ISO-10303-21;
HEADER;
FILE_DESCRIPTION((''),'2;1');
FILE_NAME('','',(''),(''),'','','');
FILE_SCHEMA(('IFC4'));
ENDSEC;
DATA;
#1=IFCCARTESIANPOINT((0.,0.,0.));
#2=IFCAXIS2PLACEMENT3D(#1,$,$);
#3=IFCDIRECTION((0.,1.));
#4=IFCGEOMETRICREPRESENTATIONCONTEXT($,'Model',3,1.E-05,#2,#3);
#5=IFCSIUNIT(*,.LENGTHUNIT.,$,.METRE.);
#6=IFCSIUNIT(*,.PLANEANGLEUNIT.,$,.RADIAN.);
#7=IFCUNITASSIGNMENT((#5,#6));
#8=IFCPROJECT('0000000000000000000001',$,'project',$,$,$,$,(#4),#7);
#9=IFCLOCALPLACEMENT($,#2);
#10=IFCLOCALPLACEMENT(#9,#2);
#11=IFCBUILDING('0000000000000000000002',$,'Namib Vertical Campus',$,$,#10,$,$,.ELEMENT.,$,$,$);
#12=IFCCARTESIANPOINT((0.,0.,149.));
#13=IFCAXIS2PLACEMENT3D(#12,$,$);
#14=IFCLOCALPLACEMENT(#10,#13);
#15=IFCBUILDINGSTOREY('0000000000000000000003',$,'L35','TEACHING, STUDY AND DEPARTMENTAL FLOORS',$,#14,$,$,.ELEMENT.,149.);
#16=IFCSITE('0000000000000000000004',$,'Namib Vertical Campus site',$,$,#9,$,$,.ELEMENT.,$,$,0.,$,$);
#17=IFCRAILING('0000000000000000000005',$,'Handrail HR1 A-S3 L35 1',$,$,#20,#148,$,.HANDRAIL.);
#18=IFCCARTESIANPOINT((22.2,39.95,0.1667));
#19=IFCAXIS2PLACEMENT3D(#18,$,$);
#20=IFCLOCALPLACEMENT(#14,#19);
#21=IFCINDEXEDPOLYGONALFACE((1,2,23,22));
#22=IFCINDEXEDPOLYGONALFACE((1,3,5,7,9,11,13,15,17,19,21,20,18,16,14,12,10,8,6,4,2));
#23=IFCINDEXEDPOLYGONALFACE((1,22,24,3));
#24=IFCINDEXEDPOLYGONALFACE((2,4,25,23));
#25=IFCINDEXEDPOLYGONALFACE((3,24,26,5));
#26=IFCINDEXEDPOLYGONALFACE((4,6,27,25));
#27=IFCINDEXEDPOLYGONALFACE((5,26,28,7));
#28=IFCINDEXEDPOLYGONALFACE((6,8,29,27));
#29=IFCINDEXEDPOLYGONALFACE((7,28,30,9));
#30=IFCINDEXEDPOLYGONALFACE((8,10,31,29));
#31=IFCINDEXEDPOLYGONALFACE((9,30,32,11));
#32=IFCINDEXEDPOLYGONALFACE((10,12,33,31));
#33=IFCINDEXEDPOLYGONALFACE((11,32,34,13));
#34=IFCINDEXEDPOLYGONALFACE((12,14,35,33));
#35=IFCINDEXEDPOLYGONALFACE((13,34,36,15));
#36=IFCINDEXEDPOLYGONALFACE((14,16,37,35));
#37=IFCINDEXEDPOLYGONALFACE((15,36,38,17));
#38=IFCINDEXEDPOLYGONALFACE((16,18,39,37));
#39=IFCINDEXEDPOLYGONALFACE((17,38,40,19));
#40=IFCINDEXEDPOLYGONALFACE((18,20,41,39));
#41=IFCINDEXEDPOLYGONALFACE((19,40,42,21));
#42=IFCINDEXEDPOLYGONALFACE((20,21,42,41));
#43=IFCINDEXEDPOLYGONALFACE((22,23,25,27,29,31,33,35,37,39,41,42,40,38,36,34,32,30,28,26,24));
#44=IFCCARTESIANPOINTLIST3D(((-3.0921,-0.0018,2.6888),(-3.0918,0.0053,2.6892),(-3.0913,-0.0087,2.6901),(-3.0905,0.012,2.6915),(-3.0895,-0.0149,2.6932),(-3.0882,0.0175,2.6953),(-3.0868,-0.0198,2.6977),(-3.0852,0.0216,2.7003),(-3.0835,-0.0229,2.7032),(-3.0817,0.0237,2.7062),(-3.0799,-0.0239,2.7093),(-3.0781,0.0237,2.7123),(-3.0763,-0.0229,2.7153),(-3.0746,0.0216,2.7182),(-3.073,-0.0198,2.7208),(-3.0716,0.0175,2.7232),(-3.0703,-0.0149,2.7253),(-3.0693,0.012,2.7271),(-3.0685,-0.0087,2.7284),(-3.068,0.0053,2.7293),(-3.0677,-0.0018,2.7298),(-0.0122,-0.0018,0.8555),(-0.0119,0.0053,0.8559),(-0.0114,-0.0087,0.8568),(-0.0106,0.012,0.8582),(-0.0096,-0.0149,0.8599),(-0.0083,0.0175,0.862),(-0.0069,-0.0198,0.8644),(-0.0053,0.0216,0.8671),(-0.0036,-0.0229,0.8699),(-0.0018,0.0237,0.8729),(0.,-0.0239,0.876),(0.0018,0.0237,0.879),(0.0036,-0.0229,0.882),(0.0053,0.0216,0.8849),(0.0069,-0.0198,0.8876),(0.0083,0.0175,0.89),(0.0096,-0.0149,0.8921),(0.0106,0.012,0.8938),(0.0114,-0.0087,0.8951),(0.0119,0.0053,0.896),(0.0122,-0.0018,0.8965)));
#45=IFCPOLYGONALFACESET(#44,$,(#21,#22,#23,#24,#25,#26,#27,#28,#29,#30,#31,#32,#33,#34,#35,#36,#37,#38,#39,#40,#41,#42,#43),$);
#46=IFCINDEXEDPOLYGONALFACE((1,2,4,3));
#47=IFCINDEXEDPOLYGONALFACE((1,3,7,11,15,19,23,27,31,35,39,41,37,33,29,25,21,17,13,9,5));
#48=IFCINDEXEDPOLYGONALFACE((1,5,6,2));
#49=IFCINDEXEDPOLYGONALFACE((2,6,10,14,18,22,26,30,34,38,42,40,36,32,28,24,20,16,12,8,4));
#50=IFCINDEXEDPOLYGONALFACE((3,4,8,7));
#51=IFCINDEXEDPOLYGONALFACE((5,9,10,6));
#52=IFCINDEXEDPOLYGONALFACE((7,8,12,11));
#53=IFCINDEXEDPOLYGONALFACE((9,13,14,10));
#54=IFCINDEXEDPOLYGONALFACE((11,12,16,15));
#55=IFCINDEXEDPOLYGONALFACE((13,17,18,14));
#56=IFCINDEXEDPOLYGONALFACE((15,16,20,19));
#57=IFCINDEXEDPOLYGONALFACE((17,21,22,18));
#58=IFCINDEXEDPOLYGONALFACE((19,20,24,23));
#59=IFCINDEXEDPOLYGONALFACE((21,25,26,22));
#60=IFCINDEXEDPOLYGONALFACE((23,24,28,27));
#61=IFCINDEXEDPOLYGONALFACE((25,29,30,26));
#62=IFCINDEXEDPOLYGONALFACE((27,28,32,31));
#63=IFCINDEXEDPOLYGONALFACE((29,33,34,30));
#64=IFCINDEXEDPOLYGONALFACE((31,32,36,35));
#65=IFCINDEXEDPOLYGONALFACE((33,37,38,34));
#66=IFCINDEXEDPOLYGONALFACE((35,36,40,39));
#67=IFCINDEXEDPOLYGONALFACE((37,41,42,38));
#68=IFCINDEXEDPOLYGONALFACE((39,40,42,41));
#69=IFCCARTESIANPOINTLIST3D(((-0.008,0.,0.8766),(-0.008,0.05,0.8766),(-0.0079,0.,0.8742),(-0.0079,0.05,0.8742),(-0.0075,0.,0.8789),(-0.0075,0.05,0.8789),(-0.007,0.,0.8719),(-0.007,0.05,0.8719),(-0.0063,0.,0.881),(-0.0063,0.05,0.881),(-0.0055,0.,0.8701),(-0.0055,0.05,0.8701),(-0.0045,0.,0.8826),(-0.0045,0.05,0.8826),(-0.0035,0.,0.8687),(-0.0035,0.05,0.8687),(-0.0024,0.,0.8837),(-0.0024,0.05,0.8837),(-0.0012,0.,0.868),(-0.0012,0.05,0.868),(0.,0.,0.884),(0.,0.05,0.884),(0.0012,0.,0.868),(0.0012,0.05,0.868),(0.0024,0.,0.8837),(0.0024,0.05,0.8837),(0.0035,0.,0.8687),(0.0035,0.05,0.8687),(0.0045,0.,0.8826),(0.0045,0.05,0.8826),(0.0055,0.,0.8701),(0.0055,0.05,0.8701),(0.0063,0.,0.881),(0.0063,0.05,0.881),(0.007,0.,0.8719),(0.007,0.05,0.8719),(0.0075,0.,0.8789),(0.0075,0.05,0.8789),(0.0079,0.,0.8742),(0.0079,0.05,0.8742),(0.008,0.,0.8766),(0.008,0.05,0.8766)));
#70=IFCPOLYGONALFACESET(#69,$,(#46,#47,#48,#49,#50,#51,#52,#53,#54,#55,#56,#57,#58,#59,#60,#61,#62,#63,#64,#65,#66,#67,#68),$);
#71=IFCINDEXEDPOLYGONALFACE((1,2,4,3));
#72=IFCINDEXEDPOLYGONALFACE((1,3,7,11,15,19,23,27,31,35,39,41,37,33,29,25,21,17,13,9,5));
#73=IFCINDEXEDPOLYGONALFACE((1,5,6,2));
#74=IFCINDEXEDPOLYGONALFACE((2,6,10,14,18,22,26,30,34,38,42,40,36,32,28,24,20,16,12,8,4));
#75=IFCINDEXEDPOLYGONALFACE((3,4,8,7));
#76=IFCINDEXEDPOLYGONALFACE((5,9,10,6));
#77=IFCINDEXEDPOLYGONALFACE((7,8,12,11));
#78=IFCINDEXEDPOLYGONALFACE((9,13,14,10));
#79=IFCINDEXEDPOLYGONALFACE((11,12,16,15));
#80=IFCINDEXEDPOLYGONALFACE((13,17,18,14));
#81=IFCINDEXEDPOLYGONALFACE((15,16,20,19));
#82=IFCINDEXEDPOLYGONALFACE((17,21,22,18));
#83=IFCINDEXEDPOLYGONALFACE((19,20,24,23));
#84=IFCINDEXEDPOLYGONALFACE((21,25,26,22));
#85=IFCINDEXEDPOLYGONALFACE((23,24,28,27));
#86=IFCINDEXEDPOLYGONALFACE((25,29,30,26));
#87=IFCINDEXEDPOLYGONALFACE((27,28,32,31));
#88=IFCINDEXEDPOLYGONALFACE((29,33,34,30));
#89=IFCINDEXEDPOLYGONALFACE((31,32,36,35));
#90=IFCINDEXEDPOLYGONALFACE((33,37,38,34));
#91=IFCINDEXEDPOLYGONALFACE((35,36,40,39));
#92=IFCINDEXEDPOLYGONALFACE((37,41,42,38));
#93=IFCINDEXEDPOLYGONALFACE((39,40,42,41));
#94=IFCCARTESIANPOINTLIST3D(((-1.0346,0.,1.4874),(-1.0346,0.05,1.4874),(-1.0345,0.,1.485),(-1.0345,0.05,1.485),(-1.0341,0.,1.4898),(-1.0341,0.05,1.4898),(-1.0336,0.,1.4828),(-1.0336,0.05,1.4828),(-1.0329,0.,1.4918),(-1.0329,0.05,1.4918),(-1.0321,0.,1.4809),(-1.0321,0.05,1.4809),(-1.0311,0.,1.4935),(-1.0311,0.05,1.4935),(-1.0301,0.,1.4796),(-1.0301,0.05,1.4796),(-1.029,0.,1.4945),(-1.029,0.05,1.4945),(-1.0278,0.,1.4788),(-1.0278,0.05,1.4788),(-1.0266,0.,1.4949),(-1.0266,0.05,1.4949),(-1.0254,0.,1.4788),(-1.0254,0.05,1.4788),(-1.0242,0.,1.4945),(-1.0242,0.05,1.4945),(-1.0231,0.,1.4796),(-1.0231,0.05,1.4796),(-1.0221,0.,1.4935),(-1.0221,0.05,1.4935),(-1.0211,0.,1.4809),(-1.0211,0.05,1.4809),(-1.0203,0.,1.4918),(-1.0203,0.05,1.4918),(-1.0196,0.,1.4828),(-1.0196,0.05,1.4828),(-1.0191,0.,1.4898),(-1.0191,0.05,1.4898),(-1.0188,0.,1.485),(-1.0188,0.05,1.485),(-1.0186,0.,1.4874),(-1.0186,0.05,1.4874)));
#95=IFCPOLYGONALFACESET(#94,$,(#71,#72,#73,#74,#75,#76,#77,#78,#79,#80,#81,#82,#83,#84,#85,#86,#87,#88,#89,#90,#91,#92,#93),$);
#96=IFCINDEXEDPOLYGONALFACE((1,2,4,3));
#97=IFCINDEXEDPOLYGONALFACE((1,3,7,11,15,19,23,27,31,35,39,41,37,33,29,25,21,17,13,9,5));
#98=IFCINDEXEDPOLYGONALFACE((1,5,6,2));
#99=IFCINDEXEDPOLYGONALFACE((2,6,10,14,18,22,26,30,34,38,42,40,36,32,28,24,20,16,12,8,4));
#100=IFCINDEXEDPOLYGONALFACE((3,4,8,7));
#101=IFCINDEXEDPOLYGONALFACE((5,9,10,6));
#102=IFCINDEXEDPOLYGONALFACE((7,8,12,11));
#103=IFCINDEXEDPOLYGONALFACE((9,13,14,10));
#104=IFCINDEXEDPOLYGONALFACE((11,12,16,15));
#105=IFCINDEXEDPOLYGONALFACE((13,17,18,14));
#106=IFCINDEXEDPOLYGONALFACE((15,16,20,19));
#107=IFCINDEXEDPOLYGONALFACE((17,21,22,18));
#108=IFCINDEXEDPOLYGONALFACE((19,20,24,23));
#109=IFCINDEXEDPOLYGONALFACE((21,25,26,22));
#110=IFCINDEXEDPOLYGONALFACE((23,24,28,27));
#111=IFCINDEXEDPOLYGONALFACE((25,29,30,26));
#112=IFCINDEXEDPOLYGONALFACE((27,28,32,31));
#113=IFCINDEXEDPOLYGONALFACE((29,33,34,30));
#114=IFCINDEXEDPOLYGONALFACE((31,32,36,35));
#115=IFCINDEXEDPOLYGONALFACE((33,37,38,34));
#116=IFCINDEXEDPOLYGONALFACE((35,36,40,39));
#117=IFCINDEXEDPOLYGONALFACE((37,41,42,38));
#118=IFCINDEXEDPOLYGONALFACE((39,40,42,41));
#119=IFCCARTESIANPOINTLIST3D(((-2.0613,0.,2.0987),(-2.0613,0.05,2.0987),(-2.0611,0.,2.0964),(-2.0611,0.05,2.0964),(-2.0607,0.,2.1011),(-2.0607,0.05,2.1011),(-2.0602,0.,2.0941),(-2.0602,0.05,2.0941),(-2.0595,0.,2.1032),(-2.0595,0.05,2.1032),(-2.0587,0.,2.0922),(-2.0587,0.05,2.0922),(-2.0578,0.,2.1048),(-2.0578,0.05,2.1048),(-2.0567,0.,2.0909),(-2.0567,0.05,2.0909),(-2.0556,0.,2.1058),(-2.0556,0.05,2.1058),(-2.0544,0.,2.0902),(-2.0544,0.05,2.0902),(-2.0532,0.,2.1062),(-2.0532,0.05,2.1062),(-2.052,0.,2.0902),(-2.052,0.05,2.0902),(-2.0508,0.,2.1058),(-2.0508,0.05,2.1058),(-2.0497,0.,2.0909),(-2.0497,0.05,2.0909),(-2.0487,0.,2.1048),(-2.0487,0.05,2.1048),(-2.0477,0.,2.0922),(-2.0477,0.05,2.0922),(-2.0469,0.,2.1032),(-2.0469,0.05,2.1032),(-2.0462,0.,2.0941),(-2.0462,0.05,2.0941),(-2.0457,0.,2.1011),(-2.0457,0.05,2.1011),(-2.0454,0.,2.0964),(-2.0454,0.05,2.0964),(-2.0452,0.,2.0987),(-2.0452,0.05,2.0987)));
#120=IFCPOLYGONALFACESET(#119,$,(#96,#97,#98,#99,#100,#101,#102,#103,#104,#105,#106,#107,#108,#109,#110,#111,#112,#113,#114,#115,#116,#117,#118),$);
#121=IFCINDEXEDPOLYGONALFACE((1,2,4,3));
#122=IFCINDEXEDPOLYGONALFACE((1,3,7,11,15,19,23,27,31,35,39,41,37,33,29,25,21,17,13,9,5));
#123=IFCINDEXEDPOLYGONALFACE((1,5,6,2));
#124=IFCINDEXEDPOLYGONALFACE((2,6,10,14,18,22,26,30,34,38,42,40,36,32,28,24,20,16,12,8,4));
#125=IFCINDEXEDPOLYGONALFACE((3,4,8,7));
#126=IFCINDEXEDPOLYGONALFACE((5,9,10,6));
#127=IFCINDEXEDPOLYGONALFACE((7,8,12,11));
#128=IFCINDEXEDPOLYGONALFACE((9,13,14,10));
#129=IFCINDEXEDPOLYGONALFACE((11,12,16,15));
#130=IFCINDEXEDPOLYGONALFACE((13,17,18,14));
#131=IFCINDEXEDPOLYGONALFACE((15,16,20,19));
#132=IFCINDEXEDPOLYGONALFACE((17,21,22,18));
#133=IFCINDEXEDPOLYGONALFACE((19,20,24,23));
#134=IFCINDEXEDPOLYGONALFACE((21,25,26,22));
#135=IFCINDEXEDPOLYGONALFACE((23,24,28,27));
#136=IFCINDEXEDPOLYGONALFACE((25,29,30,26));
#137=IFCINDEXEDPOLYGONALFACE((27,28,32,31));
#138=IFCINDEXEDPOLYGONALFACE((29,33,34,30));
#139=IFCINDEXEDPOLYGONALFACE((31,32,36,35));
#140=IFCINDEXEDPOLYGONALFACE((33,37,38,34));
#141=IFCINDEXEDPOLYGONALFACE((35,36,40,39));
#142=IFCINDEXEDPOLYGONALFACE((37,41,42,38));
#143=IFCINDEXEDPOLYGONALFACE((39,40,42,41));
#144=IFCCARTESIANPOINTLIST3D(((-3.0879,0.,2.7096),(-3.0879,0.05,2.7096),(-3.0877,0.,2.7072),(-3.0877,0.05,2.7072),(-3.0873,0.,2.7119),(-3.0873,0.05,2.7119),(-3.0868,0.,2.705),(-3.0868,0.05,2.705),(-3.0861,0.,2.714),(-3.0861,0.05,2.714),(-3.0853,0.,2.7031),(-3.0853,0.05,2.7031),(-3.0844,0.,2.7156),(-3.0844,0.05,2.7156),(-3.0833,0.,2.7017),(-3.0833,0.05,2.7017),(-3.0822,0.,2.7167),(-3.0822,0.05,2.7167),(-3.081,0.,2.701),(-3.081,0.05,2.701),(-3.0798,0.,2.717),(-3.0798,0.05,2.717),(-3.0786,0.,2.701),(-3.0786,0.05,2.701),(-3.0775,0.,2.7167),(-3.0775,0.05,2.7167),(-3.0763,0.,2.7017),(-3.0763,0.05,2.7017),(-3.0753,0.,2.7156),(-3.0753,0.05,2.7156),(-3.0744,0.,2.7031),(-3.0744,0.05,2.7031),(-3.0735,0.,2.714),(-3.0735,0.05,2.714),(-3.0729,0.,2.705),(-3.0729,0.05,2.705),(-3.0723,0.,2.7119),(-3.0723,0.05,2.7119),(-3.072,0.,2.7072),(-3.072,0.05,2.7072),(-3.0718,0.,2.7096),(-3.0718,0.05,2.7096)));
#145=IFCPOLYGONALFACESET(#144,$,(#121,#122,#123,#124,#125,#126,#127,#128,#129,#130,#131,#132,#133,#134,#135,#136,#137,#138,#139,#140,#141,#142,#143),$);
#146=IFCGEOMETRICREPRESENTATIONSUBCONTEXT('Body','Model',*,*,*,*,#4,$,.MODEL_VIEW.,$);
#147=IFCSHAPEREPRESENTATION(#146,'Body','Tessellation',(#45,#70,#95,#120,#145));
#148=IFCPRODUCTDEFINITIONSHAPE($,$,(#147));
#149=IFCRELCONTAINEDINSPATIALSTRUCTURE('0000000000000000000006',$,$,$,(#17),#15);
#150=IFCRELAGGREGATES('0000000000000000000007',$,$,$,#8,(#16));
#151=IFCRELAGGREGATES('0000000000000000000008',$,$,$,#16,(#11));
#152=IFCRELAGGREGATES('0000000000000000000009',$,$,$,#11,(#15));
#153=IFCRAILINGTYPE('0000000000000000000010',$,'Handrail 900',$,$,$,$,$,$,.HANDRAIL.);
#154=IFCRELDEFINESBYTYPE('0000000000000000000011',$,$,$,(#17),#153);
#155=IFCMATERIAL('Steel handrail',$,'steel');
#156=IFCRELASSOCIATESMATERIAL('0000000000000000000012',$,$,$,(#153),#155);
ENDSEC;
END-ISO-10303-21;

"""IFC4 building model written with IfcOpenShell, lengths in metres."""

from ifc_helpers import new_model, si_unit, direction, frame, origin, origin_2d, place, context, subcontext, project, spatial, circle, extrude, material, type_object, element, save


model = new_model("IFC4")

# Units and contexts
model_context = context("Model", 3, precision=1e-05, world=origin(), true_north=direction((0.0, 1.0)))
body_context = subcontext(model_context, "Body", "Model", "MODEL_VIEW")
ifc_project = project(units=[si_unit("LENGTHUNIT", "METRE"), si_unit("PLANEANGLEUNIT", "RADIAN")], contexts=[model_context])

# Site, building, storey
site_placement = place(None, origin())
site = spatial("IfcSite", under=ifc_project, at=site_placement, Name="Namib Vertical Campus site", CompositionType="ELEMENT", RefElevation=0.0)
building_placement = place(site_placement, origin())
building = spatial("IfcBuilding", under=site, at=building_placement, Name="Namib Vertical Campus", CompositionType="ELEMENT")
storey_placement = place(building_placement, frame((0.0, 0.0, 149.0)))
storey = spatial("IfcBuildingStorey", under=building, at=storey_placement, Name="L35", Description="TEACHING, STUDY AND DEPARTMENTAL FLOORS", CompositionType="ELEMENT", Elevation=149.0)

# Railing
ifc_material_1 = material(Name="Steel handrail", Category="steel")
railing_type_1 = type_object("IfcRailingType", Name="Handrail 900", PredefinedType="HANDRAIL", material=ifc_material_1)
railing_1_placement = place(storey_placement, frame((22.2, 39.95, 0.1667)))
element("IfcRailing", 1, at=railing_1_placement, inside=storey, type_object=railing_type_1, Name="Handrail HR1 A-S3 L35 1", PredefinedType="HANDRAIL", context=body_context, shape_type="SweptSolid", body=[
    extrude(circle(Radius=0.0239, at=origin_2d()), frame((0.0, 0.0, 0.876), z_axis=(-0.859291, 0.0, 0.511487), x_axis=(0.0, -1.0, 0.0)), (0.0, 0.0, 1.0), 3.5842),
    extrude(circle(Radius=0.0081, at=origin_2d()), frame((0.0, 0.0, 0.876), z_axis=(0.0, 1.0, 0.0), x_axis=(0.0, 0.0, 1.0)), (0.0, 0.0, 1.0), 0.05),
    extrude(circle(Radius=0.0081, at=origin_2d()), frame((-1.0266, 0.0, 1.4868), z_axis=(0.0, 1.0, 0.0), x_axis=(0.0, 0.0, 1.0)), (0.0, 0.0, 1.0), 0.05),
    extrude(circle(Radius=0.0081, at=origin_2d()), frame((-2.0532, 0.0, 2.0981), z_axis=(0.0, 1.0, 0.0), x_axis=(0.0, 0.0, 1.0)), (0.0, 0.0, 1.0), 0.05),
    extrude(circle(Radius=0.0081, at=origin_2d()), frame((-3.0798, 0.0, 2.709), z_axis=(0.0, 1.0, 0.0), x_axis=(0.0, 0.0, 1.0)), (0.0, 0.0, 1.0), 0.05),
])

save(model, "model.ifc")
